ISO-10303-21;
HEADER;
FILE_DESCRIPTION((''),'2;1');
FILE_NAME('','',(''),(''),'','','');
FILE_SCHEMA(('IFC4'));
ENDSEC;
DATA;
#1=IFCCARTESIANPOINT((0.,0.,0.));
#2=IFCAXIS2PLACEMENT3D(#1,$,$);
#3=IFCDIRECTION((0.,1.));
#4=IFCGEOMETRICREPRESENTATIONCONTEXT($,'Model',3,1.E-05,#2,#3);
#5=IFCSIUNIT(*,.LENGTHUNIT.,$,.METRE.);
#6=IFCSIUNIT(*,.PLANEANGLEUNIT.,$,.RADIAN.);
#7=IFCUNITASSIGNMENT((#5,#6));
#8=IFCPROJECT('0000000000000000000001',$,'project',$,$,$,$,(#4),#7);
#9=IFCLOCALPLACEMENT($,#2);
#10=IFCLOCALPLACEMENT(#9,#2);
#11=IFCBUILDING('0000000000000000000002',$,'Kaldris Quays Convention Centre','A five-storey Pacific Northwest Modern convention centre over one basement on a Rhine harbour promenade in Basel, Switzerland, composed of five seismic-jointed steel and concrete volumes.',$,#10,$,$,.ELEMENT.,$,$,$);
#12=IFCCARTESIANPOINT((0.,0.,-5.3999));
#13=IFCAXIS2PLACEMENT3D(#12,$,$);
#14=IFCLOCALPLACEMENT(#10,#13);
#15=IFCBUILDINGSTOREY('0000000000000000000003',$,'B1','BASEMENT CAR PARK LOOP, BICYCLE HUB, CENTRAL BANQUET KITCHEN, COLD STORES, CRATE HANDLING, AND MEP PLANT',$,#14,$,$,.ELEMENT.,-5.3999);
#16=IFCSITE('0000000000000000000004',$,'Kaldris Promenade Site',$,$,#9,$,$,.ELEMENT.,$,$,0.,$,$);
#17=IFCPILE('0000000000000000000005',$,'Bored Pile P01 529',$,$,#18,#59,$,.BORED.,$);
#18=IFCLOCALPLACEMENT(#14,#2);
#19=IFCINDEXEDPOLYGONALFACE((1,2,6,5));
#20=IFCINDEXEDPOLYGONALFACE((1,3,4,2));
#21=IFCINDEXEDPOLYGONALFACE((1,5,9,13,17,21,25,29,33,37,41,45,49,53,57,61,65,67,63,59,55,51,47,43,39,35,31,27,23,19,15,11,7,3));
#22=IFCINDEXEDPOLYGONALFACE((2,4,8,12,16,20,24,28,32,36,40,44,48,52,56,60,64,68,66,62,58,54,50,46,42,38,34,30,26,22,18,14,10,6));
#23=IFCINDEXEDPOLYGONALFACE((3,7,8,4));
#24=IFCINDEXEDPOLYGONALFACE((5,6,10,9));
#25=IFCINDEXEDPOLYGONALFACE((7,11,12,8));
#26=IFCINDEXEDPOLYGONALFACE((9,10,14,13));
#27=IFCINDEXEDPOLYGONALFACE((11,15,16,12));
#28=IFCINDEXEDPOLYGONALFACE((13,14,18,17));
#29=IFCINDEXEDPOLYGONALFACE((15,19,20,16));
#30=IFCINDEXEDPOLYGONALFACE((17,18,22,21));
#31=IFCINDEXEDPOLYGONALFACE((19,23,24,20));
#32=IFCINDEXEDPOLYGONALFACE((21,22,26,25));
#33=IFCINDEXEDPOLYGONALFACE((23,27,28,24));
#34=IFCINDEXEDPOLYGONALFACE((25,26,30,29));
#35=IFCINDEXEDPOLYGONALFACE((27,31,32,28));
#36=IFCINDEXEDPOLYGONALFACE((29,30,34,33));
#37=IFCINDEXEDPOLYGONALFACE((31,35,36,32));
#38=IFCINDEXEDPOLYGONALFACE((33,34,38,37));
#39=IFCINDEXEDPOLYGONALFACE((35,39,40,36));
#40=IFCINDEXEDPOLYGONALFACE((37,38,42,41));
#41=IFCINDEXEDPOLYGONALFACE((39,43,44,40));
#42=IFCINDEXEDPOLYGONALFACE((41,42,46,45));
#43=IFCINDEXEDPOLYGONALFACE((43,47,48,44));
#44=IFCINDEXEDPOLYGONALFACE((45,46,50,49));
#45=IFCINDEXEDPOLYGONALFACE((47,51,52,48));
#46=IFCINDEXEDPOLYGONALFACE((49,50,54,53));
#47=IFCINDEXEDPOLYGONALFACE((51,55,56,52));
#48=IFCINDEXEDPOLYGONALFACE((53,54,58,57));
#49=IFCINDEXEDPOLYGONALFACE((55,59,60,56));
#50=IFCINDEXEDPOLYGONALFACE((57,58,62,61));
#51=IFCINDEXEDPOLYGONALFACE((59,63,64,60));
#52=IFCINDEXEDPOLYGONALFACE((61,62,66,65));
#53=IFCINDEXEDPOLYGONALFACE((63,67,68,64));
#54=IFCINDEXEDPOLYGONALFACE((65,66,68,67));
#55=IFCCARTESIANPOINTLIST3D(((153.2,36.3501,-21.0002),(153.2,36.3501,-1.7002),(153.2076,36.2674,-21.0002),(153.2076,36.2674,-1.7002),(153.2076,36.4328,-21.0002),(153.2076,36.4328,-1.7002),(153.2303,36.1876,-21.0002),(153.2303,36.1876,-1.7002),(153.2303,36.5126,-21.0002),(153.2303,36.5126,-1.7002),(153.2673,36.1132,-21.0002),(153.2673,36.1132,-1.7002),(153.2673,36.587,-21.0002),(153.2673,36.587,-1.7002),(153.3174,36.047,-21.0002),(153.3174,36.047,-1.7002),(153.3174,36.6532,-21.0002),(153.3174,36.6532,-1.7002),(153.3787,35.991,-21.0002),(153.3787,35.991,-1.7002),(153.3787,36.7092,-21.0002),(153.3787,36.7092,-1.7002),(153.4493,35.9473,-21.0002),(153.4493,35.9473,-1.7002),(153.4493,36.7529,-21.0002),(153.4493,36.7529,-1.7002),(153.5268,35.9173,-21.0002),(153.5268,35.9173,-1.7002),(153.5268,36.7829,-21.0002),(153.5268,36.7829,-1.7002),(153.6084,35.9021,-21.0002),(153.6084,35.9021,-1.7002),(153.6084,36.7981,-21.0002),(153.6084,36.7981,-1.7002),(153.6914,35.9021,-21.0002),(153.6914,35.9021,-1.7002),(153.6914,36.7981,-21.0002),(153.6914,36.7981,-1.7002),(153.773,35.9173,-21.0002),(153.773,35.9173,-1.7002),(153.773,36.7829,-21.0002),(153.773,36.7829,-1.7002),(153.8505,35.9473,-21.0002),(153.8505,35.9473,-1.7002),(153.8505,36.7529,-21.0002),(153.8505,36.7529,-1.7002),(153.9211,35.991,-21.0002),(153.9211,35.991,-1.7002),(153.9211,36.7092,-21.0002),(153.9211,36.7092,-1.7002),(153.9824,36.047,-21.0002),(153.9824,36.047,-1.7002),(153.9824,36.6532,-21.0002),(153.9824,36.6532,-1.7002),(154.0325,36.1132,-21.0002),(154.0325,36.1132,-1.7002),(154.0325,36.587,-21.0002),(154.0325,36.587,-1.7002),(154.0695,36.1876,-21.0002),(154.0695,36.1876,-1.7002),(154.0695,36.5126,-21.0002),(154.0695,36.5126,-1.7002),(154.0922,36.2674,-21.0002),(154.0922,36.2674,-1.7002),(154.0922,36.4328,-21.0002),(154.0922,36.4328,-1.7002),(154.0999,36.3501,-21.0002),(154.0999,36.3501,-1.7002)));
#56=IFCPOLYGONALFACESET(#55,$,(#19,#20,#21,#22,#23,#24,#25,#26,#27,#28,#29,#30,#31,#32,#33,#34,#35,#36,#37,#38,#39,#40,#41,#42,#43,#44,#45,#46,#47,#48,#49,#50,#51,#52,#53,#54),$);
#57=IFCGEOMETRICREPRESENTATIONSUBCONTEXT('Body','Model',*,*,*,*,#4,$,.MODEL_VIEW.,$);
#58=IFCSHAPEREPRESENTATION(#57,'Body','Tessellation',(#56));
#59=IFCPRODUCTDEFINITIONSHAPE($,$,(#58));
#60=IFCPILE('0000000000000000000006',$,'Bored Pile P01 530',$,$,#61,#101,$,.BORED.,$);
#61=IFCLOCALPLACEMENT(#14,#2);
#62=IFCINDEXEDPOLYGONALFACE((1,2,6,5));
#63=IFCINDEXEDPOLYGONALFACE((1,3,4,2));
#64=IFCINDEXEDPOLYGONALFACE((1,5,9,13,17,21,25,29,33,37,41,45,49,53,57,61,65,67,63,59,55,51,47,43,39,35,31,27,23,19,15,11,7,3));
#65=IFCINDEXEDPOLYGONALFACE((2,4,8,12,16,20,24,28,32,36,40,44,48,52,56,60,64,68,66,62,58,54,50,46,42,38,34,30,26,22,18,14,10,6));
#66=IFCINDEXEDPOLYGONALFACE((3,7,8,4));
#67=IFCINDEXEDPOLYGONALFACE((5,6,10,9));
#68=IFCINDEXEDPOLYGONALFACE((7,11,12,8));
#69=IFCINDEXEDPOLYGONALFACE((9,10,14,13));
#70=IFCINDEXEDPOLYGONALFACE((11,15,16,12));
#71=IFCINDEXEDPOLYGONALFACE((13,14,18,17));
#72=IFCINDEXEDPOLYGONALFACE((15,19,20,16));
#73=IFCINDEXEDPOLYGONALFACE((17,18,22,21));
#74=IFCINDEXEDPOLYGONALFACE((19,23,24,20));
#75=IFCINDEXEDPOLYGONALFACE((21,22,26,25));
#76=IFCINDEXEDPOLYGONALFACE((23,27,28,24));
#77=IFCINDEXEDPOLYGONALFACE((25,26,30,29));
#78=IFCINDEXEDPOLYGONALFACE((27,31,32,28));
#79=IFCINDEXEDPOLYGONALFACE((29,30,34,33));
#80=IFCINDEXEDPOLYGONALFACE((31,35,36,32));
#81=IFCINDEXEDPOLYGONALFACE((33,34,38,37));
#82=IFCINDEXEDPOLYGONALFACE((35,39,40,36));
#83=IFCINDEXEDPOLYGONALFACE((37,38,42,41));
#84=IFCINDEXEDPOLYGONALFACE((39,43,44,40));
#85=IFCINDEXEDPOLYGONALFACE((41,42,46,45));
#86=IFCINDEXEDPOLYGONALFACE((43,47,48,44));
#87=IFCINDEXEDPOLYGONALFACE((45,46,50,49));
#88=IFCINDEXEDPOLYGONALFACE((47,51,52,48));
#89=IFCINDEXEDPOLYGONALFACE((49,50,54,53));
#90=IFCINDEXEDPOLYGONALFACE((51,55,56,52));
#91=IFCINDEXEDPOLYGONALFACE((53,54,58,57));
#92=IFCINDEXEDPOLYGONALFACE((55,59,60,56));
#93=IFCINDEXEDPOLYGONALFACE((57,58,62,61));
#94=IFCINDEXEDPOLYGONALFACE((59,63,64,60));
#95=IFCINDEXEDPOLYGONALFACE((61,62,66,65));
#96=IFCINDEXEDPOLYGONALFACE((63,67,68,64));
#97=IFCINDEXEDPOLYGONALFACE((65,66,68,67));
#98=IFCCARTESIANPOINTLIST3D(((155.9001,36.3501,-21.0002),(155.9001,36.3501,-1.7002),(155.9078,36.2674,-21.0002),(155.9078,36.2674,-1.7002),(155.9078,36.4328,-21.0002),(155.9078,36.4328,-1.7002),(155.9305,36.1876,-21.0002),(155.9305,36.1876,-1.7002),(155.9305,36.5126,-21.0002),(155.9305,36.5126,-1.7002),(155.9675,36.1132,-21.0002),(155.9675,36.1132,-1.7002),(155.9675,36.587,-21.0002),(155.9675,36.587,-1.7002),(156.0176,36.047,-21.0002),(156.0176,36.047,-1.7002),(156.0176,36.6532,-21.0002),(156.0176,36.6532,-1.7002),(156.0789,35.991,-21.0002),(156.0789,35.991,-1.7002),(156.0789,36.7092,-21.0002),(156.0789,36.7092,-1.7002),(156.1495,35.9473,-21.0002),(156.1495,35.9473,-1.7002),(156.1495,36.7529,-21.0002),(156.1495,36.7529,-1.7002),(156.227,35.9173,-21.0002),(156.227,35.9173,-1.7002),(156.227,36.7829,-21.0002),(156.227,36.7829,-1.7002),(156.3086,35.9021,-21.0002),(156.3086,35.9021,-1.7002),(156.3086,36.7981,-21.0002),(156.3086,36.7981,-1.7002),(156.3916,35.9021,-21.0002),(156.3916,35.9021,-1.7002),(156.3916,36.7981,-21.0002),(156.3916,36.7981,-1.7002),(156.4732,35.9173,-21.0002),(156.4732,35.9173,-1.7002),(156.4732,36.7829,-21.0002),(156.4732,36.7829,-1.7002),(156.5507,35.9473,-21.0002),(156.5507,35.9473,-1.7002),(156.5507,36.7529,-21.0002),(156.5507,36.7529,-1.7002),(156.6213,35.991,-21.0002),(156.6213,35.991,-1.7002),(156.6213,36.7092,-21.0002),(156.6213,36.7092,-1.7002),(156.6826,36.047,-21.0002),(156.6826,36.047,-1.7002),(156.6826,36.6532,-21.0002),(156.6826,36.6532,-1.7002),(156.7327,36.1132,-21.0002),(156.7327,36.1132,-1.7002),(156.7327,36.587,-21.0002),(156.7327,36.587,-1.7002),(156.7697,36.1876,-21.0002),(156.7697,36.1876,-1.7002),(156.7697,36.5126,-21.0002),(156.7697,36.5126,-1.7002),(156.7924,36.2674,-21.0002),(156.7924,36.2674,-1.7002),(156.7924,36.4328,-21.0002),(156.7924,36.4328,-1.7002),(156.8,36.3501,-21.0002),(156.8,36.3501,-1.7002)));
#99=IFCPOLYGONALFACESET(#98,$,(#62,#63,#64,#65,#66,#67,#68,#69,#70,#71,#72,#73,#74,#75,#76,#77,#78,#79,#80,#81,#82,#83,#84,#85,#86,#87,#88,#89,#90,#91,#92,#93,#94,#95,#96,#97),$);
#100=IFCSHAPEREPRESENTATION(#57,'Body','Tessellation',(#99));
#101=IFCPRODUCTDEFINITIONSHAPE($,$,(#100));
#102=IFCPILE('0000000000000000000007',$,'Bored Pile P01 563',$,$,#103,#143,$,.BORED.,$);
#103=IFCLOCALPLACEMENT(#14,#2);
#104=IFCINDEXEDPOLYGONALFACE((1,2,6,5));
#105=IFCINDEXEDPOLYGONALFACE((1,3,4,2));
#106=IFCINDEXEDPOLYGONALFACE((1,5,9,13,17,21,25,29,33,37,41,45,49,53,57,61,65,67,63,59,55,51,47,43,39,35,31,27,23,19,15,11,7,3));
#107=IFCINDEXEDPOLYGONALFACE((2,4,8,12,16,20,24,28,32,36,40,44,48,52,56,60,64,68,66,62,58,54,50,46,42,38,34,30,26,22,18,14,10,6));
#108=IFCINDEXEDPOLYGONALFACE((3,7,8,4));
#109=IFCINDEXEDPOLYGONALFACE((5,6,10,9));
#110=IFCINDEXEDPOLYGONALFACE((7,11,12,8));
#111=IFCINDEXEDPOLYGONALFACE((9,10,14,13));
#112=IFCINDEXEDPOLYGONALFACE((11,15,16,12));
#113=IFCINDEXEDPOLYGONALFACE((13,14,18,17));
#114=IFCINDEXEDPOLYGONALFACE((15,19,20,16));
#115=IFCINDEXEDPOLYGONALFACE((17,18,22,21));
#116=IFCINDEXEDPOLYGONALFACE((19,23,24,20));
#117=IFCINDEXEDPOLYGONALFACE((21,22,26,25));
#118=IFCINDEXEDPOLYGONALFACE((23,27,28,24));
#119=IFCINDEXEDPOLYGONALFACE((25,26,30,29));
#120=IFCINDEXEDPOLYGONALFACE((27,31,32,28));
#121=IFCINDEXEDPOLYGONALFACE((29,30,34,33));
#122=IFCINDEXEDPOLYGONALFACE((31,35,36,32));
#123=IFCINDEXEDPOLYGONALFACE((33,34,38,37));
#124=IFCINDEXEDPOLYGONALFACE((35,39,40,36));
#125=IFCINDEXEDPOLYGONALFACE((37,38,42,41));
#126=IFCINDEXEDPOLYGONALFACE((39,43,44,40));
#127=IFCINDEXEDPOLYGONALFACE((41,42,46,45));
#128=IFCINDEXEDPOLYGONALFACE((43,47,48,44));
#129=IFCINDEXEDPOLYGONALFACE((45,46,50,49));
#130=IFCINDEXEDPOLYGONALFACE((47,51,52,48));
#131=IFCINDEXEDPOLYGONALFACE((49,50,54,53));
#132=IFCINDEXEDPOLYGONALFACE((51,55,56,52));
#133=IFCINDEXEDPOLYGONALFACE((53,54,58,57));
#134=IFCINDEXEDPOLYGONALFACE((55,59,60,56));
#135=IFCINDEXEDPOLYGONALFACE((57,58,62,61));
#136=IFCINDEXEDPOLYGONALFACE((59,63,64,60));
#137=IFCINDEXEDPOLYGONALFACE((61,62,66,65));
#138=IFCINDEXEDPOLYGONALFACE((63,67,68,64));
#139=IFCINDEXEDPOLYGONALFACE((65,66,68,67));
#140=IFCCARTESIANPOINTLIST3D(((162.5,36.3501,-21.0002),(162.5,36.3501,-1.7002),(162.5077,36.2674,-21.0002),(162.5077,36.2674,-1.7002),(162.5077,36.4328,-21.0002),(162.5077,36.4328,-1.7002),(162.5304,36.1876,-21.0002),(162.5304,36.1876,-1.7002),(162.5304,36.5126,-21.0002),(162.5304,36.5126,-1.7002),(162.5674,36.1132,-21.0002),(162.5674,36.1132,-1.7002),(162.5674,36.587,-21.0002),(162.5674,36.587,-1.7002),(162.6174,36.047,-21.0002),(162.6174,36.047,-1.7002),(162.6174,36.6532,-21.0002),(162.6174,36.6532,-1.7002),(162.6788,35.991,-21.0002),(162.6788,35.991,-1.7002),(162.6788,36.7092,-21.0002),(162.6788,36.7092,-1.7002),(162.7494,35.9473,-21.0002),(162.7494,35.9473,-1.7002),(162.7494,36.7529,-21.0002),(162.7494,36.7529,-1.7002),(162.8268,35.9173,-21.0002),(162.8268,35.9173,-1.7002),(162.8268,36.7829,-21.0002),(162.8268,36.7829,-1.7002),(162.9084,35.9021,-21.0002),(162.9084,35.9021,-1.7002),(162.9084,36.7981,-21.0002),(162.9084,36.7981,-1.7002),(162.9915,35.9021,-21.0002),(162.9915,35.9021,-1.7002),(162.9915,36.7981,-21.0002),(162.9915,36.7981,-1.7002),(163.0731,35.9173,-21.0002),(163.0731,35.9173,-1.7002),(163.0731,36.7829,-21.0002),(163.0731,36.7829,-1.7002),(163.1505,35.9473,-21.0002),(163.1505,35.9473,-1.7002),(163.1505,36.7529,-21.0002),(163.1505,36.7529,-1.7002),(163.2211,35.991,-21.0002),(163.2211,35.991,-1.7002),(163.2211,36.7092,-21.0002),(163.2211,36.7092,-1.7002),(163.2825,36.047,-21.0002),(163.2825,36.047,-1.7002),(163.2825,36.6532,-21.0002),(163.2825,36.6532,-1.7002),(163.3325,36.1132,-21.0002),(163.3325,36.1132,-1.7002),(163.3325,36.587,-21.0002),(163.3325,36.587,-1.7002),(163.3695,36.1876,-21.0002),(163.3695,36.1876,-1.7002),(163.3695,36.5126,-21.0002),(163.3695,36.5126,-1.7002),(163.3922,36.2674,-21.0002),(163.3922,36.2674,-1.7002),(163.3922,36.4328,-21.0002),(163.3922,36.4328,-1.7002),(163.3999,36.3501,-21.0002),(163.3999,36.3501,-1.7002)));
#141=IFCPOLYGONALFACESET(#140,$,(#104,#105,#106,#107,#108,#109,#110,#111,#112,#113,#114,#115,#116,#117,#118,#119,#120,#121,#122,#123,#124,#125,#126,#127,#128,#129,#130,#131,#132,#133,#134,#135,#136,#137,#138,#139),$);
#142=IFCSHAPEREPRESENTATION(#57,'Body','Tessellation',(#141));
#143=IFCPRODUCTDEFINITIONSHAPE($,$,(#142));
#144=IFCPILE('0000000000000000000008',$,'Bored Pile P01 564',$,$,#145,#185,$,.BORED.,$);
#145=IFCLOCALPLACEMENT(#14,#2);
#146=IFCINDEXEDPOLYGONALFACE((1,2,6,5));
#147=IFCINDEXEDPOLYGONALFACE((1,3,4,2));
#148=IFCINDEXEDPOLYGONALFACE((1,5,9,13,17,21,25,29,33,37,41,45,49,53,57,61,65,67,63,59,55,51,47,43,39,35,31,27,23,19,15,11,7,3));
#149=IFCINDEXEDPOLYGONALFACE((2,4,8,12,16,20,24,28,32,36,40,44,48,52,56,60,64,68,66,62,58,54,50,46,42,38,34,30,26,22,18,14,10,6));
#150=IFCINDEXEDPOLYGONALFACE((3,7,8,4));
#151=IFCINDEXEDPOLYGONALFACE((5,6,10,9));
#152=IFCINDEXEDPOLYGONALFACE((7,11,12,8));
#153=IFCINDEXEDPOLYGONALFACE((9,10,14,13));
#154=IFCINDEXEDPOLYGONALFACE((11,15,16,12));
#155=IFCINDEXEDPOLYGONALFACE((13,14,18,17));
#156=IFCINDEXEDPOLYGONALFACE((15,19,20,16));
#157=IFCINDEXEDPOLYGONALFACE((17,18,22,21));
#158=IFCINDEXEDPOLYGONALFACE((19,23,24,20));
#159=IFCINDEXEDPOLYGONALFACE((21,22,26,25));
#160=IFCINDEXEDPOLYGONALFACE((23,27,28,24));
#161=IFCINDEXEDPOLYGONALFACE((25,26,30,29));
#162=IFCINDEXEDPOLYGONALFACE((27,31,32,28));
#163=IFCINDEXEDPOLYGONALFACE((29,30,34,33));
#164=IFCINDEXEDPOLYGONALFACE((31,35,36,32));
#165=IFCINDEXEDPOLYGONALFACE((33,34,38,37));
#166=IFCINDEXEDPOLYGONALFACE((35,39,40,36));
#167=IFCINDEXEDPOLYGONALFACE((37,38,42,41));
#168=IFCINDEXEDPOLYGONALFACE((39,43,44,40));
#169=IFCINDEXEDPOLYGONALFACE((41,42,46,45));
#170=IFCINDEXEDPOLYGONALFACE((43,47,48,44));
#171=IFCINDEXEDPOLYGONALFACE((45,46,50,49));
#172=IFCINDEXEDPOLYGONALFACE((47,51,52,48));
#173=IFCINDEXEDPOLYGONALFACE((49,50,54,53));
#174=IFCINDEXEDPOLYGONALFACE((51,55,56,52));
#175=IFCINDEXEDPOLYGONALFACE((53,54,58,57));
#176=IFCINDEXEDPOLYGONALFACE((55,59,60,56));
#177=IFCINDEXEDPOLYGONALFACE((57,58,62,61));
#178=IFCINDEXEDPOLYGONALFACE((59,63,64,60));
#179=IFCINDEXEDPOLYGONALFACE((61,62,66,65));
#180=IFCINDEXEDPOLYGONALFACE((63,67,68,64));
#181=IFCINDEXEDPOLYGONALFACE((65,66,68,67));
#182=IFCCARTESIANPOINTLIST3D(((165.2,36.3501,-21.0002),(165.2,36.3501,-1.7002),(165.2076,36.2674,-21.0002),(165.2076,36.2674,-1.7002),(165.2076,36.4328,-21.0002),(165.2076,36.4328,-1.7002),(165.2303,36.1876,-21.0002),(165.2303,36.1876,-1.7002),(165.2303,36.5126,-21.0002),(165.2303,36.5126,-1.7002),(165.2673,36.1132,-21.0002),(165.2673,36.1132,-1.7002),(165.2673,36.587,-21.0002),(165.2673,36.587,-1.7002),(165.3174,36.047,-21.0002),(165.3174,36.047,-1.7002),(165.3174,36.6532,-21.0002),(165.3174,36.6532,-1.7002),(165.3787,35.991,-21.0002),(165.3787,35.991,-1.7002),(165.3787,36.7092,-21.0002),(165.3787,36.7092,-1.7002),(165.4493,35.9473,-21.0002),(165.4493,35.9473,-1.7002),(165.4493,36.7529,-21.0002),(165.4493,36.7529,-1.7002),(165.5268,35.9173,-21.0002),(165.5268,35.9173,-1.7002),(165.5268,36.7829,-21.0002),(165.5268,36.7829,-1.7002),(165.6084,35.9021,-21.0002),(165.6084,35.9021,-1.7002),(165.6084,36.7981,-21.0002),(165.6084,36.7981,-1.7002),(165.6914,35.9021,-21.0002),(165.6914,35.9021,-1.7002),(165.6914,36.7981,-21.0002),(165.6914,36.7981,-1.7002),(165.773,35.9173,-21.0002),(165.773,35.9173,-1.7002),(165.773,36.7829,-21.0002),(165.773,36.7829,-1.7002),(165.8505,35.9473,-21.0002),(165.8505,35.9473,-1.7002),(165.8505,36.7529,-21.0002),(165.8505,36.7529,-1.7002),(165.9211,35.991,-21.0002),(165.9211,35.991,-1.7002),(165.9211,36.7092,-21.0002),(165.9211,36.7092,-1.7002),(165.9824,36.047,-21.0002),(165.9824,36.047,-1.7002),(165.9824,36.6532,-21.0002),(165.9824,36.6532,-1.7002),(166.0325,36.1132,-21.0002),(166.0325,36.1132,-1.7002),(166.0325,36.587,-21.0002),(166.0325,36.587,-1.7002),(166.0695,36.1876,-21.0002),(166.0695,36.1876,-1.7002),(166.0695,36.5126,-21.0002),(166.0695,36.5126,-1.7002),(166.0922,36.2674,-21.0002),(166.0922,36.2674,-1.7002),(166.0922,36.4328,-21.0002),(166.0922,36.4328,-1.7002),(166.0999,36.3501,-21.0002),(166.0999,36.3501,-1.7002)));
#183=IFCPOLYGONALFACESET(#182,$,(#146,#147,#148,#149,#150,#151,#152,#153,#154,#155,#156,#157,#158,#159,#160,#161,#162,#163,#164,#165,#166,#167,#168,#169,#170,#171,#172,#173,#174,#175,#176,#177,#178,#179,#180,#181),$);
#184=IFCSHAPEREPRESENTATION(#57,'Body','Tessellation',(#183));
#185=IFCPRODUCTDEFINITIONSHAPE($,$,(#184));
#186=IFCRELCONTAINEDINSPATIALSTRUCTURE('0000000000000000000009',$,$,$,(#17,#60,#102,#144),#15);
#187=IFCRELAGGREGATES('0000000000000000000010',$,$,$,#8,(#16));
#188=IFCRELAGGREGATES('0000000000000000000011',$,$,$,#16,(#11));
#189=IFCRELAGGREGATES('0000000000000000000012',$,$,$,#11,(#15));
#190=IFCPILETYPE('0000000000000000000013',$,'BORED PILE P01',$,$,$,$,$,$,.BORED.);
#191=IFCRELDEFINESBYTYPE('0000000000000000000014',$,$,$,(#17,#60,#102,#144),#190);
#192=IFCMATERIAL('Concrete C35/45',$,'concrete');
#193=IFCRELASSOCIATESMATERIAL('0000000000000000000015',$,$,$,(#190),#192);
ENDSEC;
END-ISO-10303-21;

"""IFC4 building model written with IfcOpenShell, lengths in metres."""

from ifc_helpers import new_model, si_unit, direction, frame, origin, origin_2d, place, context, subcontext, project, spatial, circle, extrude, material, material_profile, profile_set, type_object, element, save


model = new_model("IFC4")

# Units and contexts
model_context = context("Model", 3, precision=1e-05, world=origin(), true_north=direction((0.0, 1.0)))
body_context = subcontext(model_context, "Body", "Model", "MODEL_VIEW")
ifc_project = project(units=[si_unit("LENGTHUNIT", "METRE"), si_unit("PLANEANGLEUNIT", "RADIAN")], contexts=[model_context])

# Site, building, storey
site_placement = place(None, origin())
site = spatial("IfcSite", under=ifc_project, at=site_placement, Name="Kaldris Promenade Site", CompositionType="ELEMENT", RefElevation=0.0)
building_placement = place(site_placement, origin())
building = spatial("IfcBuilding", under=site, at=building_placement, Name="Kaldris Quays Convention Centre", Description="A five-storey Pacific Northwest Modern convention centre over one basement on a Rhine harbour promenade in Basel, Switzerland, composed of five seismic-jointed steel and concrete volumes.", CompositionType="ELEMENT")
storey_placement = place(building_placement, frame((0.0, 0.0, -5.3999)))
storey = spatial("IfcBuildingStorey", under=building, at=storey_placement, Name="B1", Description="BASEMENT CAR PARK LOOP, BICYCLE HUB, CENTRAL BANQUET KITCHEN, COLD STORES, CRATE HANDLING, AND MEP PLANT", CompositionType="ELEMENT", Elevation=-5.3999)

# Piles
ifc_material_1 = material(Name="Concrete C35/45", Category="concrete")
ifc_material_profile_1 = material_profile(ifc_material_1, circle(Radius=0.45, at=origin_2d()), Name="BORED PILE D900")
ifc_profile_set_1 = profile_set([ifc_material_profile_1], Name="Concrete C35/45")
pile_type = type_object("IfcPileType", Name="BORED PILE P01", PredefinedType="BORED", material=ifc_profile_set_1)
for number, where, z_axis, x_axis, name in (
    (1, (153.6499, 36.3501, -1.7002), (0.0, 0.0, -1.0), (1.0, 0.0, 0.0), "Bored Pile P01 529"),
    (2, (156.3501, 36.3501, -1.7002), (0.0, 0.0, -1.0), (1.0, 0.0, 0.0), "Bored Pile P01 530"),
    (3, (162.95, 36.3501, -1.7002), (0.0, 0.0, -1.0), (1.0, 0.0, 0.0), "Bored Pile P01 563"),
    (4, (165.6499, 36.3501, -1.7002), (0.0, 0.0, -1.0), (1.0, 0.0, 0.0), "Bored Pile P01 564"),
):
    element("IfcPile", number, at=place(storey_placement, frame(where, z_axis=z_axis, x_axis=x_axis)), inside=storey, type_object=pile_type, Name=name, PredefinedType="BORED", context=body_context, shape_type="SweptSolid", body=[
        extrude(circle(Radius=0.45, at=origin_2d()), origin(), (0.0, 0.0, 1.0), 19.3),
    ])

save(model, "model.ifc")
